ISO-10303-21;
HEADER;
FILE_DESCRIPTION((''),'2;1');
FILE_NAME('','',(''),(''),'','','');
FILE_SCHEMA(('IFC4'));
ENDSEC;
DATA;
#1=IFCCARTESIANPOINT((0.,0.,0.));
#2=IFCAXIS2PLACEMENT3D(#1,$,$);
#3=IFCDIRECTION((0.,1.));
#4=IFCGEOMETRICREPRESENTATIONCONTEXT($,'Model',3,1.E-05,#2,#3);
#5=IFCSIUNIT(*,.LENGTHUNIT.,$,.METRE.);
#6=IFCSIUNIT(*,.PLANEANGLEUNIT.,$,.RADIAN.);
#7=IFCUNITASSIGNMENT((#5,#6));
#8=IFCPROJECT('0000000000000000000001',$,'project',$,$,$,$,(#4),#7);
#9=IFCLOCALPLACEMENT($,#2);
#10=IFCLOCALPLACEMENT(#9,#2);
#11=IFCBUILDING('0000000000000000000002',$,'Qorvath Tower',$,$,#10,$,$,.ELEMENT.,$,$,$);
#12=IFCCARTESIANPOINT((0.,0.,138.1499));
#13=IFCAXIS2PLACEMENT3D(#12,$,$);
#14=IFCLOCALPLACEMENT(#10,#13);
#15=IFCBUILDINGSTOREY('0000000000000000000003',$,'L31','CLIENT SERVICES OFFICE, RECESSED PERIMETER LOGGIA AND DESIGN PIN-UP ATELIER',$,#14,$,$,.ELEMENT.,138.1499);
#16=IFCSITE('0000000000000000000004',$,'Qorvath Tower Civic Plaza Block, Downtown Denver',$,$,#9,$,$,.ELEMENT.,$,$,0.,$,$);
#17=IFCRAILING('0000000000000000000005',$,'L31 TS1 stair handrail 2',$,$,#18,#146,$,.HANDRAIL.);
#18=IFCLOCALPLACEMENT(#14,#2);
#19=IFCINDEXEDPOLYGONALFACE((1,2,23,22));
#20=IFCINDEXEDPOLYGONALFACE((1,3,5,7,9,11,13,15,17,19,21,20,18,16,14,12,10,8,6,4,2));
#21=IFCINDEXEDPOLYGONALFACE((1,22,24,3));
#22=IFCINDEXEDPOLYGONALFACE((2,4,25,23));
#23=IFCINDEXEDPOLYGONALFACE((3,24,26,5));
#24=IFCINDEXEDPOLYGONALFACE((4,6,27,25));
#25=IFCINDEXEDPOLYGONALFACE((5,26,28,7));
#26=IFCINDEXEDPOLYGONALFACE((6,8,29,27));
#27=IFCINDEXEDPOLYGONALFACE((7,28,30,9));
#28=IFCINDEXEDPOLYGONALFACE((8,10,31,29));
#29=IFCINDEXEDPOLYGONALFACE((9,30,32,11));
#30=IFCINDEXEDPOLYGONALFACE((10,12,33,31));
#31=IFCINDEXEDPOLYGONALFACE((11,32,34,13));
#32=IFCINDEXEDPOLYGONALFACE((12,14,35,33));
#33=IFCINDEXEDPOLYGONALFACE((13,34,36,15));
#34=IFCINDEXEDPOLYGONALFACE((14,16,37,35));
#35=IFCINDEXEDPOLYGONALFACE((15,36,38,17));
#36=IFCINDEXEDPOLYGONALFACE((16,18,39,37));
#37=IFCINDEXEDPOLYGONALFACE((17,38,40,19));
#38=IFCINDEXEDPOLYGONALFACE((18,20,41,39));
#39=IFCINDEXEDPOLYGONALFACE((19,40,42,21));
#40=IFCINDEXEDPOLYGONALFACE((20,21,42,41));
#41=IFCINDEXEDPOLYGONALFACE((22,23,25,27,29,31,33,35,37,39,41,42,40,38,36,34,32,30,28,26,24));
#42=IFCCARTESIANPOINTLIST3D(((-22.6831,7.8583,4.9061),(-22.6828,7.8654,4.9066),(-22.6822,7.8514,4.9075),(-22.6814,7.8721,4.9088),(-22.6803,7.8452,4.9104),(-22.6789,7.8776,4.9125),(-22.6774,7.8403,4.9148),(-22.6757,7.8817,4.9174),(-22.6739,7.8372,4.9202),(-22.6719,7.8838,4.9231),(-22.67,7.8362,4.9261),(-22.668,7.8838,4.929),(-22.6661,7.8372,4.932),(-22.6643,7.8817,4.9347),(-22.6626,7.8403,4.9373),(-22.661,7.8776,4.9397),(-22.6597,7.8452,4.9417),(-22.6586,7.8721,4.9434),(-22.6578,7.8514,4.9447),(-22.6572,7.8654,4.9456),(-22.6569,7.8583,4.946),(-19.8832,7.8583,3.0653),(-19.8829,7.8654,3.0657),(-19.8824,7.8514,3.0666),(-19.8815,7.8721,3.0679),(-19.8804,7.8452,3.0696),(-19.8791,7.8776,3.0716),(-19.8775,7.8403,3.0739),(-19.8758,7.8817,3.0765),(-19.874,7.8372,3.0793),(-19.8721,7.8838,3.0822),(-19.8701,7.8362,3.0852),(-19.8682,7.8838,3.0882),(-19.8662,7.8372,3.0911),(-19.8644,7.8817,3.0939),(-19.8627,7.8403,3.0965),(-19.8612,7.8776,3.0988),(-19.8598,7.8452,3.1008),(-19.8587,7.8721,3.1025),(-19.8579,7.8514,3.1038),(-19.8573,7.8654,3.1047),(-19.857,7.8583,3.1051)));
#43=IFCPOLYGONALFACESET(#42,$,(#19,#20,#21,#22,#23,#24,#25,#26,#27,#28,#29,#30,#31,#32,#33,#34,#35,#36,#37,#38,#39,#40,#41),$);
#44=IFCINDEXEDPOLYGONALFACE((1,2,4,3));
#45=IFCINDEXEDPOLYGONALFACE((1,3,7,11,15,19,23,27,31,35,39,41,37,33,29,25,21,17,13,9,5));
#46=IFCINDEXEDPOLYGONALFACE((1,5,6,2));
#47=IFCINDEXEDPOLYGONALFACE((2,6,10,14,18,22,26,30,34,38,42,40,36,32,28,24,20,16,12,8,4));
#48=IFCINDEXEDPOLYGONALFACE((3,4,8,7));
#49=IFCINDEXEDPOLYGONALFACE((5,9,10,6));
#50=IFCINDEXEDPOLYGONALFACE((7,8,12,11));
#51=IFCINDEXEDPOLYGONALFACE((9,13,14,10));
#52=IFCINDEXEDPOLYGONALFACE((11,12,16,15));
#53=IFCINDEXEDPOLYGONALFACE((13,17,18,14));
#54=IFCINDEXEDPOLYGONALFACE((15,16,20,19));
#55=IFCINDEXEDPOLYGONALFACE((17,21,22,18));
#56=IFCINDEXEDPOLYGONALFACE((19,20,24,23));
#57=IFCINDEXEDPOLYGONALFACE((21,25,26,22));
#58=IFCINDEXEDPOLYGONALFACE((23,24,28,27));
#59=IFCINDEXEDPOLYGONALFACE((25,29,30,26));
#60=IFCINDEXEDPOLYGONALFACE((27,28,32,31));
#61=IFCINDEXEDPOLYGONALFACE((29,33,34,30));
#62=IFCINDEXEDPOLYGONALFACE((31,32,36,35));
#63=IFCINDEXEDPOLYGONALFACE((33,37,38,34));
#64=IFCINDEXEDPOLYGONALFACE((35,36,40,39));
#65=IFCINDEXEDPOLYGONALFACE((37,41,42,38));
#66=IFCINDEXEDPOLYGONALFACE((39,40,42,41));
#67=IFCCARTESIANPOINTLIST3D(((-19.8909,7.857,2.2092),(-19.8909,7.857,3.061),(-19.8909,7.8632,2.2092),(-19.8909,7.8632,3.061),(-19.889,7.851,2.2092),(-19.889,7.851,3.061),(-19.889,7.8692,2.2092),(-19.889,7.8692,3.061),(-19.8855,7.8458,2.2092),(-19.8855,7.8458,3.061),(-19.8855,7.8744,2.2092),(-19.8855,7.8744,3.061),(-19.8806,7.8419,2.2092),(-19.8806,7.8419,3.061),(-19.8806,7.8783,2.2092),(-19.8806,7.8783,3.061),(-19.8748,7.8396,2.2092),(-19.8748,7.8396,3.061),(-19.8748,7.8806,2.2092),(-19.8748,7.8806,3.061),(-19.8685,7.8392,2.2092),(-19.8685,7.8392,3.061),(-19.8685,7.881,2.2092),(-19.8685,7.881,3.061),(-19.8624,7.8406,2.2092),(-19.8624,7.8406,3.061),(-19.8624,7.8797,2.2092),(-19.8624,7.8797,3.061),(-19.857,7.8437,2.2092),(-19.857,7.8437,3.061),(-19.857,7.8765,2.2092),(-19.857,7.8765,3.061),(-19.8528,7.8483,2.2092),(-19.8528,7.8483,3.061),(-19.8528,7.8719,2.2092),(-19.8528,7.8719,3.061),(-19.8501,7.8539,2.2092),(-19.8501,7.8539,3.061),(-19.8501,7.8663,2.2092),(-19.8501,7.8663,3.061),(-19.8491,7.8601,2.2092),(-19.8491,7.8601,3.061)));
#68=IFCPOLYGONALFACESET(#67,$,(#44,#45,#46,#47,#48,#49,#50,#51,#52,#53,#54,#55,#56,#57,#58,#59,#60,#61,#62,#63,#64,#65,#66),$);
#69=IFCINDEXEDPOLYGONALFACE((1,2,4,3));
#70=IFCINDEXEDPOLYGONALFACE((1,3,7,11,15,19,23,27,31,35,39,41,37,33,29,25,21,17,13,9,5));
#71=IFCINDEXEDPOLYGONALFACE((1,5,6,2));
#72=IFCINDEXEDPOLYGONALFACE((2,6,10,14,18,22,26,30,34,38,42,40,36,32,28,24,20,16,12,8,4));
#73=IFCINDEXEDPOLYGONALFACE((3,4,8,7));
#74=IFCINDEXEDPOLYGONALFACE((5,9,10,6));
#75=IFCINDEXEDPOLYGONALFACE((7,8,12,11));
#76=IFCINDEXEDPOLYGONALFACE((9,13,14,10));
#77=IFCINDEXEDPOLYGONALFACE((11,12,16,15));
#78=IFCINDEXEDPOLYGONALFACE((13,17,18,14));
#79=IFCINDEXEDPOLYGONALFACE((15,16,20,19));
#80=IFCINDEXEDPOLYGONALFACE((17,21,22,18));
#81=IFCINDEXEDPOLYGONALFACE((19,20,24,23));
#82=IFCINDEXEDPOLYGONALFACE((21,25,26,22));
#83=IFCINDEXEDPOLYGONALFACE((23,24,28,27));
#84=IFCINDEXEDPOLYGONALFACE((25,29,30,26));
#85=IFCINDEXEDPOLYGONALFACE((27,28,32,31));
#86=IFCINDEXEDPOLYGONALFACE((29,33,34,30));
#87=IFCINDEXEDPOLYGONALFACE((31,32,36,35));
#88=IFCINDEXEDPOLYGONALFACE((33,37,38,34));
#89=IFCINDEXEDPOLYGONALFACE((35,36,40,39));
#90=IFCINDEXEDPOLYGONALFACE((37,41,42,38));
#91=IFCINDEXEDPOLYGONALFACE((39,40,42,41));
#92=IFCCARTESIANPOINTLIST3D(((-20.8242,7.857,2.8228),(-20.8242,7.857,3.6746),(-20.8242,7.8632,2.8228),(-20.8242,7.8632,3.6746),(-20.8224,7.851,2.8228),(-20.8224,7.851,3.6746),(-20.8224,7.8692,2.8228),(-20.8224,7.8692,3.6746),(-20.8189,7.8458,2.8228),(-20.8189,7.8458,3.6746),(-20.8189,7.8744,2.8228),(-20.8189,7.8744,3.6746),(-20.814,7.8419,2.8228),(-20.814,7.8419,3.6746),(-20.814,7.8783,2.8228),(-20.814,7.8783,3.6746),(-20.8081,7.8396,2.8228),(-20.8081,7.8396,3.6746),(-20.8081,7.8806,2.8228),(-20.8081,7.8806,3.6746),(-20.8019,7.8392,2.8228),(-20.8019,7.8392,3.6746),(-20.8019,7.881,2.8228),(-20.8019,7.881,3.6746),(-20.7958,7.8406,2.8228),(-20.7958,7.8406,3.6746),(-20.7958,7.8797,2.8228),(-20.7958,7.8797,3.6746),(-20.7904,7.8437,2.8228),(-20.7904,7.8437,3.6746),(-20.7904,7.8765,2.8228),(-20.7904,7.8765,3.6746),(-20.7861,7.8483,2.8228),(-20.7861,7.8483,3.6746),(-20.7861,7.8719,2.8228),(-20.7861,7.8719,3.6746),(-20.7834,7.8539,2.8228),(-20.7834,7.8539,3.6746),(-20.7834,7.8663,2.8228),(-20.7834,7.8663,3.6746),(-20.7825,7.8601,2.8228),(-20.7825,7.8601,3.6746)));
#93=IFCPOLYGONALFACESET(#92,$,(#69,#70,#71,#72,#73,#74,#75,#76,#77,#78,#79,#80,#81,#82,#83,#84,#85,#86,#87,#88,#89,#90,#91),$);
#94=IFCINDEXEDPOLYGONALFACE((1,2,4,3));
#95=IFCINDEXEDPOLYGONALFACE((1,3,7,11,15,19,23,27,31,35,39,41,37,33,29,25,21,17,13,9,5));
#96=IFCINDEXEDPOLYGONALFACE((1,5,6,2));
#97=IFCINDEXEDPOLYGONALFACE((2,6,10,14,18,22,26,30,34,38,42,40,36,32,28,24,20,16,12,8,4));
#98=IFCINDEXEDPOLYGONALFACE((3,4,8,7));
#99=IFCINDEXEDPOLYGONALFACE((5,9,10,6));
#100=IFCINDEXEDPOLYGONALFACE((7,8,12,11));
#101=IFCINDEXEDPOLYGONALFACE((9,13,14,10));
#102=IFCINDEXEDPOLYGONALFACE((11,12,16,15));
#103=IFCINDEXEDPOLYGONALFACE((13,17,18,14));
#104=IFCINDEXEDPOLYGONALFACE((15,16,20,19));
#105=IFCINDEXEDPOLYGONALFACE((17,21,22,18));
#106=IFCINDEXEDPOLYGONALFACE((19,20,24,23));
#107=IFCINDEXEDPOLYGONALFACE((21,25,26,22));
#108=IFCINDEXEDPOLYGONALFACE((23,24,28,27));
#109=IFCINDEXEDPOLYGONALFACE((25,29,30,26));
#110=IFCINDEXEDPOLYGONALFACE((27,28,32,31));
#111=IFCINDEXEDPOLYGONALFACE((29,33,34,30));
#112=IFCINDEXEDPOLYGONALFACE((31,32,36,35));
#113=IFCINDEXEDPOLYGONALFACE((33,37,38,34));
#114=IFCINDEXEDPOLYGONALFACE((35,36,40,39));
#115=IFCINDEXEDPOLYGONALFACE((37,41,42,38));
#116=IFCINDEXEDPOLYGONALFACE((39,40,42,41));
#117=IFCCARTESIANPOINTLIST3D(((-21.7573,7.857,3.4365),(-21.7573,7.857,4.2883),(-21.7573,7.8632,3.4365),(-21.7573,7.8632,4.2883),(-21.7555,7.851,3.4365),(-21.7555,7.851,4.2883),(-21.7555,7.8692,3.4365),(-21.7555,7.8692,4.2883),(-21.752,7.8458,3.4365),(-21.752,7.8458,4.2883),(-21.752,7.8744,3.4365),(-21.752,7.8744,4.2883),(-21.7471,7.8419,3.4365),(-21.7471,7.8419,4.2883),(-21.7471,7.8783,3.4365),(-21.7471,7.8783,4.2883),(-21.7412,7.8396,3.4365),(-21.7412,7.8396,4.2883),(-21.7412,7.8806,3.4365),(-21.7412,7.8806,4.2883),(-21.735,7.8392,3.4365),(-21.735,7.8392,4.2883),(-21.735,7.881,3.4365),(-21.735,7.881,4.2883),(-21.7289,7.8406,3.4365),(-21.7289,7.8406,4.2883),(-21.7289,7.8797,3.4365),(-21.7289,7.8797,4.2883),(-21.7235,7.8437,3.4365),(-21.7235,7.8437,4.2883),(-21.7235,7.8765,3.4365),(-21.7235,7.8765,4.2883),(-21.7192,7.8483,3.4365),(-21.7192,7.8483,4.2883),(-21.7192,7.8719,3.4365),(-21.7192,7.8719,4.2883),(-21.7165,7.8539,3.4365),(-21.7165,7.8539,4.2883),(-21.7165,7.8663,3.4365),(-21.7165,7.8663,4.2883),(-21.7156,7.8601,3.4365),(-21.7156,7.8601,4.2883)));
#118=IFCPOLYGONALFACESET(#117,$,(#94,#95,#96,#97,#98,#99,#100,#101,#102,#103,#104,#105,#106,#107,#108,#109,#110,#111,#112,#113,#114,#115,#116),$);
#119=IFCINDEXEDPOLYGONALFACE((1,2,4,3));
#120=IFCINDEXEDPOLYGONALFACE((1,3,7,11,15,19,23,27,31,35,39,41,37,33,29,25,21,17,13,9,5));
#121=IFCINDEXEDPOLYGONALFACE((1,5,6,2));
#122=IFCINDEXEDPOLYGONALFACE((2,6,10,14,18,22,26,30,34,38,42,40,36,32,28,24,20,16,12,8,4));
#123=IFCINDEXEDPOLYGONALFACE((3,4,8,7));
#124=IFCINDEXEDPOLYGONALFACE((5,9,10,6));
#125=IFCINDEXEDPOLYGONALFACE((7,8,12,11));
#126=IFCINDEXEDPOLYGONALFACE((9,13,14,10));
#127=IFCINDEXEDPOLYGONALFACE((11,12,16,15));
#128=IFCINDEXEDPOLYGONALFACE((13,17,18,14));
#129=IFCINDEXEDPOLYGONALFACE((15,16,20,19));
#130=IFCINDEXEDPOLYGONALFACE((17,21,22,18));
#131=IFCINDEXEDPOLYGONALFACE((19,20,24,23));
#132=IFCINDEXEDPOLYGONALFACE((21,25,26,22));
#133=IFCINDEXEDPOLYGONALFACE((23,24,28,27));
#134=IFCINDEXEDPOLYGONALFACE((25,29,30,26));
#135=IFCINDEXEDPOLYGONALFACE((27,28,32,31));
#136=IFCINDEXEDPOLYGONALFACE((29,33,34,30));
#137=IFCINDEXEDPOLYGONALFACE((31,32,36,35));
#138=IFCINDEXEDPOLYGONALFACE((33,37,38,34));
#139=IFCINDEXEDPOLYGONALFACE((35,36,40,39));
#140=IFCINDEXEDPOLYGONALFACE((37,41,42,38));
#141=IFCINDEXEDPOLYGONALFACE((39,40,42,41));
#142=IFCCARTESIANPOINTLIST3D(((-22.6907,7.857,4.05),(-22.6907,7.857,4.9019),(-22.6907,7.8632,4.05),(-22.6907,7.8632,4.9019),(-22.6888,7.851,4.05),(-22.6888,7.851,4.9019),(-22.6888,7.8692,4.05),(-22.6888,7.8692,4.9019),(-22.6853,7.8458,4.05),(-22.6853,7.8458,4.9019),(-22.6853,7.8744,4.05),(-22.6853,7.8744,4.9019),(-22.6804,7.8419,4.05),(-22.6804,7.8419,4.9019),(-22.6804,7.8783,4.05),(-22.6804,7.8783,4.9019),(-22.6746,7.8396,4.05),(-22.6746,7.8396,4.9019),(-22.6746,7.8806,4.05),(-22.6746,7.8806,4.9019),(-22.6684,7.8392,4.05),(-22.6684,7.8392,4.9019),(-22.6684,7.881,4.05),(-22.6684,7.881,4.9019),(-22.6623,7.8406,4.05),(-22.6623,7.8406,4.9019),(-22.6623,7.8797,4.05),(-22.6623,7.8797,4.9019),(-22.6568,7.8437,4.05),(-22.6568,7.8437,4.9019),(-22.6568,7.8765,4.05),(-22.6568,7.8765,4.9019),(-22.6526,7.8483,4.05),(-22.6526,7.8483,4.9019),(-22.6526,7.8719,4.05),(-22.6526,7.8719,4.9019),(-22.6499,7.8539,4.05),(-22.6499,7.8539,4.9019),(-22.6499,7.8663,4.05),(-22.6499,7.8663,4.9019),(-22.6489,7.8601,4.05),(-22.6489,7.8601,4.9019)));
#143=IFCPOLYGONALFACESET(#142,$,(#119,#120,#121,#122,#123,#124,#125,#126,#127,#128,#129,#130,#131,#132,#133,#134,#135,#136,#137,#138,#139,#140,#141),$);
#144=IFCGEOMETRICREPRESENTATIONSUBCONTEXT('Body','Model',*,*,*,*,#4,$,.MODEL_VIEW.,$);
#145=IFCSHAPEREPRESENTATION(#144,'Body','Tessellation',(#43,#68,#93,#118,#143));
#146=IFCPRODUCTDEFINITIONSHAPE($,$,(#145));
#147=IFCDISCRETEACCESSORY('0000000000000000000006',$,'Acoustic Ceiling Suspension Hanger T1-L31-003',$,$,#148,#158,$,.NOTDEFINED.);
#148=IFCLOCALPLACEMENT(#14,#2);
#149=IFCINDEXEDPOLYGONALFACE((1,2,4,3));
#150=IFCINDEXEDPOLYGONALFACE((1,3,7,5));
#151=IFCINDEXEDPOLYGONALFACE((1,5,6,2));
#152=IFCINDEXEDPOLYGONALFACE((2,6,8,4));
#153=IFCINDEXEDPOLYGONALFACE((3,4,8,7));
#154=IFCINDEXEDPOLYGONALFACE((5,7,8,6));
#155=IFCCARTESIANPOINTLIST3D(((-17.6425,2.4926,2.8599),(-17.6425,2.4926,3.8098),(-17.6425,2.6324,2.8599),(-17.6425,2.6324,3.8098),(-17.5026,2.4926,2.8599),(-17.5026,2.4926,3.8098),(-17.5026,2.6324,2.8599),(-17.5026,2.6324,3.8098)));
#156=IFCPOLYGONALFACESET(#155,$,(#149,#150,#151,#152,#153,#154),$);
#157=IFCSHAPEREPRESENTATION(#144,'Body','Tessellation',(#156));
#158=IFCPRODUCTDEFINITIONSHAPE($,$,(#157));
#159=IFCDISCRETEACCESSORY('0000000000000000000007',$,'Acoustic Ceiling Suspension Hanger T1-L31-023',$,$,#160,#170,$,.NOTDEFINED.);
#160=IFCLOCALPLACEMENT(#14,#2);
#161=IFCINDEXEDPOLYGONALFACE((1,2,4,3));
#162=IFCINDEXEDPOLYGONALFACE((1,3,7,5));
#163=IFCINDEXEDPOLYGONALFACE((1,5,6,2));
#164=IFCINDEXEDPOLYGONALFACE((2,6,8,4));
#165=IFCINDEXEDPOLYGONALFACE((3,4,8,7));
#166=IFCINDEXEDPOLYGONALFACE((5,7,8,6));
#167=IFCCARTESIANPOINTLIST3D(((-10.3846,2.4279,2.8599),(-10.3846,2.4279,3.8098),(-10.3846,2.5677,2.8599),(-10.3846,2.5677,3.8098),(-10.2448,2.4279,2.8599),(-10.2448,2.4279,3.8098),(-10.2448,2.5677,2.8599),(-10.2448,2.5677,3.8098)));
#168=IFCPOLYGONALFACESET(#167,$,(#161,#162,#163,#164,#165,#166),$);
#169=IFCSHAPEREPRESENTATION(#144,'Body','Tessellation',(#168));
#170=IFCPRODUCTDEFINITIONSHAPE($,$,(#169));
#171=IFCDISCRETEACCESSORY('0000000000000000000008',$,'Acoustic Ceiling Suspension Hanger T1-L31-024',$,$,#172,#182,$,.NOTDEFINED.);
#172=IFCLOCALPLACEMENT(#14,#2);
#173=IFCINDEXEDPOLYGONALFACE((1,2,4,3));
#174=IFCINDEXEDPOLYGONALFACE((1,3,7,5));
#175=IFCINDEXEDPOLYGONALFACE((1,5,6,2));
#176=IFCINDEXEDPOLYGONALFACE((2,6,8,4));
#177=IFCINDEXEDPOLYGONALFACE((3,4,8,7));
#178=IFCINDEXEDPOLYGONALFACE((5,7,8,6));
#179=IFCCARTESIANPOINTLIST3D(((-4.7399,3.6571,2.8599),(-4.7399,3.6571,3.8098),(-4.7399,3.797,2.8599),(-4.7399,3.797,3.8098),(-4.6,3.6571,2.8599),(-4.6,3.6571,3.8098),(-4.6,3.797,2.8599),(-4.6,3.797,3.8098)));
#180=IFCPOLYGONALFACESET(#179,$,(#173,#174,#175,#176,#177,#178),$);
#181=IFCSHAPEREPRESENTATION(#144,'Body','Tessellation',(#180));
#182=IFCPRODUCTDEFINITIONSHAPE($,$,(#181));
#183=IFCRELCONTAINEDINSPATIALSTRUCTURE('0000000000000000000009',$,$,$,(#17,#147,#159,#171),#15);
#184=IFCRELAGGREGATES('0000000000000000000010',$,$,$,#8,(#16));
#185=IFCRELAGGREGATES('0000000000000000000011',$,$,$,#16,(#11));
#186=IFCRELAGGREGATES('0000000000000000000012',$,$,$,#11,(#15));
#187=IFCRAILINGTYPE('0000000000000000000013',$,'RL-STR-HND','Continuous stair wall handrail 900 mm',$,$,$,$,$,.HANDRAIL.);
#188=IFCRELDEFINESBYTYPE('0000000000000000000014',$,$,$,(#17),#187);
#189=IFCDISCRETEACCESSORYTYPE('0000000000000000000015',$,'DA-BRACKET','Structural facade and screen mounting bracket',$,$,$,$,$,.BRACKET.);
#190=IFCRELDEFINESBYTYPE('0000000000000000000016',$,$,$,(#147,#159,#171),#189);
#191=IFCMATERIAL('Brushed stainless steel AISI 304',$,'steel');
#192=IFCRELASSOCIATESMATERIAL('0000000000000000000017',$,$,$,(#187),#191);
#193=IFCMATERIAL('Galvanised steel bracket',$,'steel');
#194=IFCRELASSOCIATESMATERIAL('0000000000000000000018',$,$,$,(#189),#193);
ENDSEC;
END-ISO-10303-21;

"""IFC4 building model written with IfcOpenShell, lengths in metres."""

from ifc_helpers import new_model, si_unit, direction, frame, origin, origin_2d, place, context, subcontext, project, spatial, rectangle, circle, extrude, material, type_object, element, save


model = new_model("IFC4")

# Units and contexts
model_context = context("Model", 3, precision=1e-05, world=origin(), true_north=direction((0.0, 1.0)))
body_context = subcontext(model_context, "Body", "Model", "MODEL_VIEW")
ifc_project = project(units=[si_unit("LENGTHUNIT", "METRE"), si_unit("PLANEANGLEUNIT", "RADIAN")], contexts=[model_context])

# Site, building, storey
site_placement = place(None, origin())
site = spatial("IfcSite", under=ifc_project, at=site_placement, Name="Qorvath Tower Civic Plaza Block, Downtown Denver", CompositionType="ELEMENT", RefElevation=0.0)
building_placement = place(site_placement, origin())
building = spatial("IfcBuilding", under=site, at=building_placement, Name="Qorvath Tower", CompositionType="ELEMENT")
storey_placement = place(building_placement, frame((0.0, 0.0, 138.1499)))
storey = spatial("IfcBuildingStorey", under=building, at=storey_placement, Name="L31", Description="CLIENT SERVICES OFFICE, RECESSED PERIMETER LOGGIA AND DESIGN PIN-UP ATELIER", CompositionType="ELEMENT", Elevation=138.1499)

# Railing
ifc_material_1 = material(Name="Brushed stainless steel AISI 304", Category="steel")
railing_type_1 = type_object("IfcRailingType", Name="RL-STR-HND", Description="Continuous stair wall handrail 900 mm", PredefinedType="HANDRAIL", material=ifc_material_1)
railing_1_placement = place(storey_placement, frame((-19.8701, 7.8601, 2.2092)))
element("IfcRailing", 1, at=railing_1_placement, inside=storey, type_object=railing_type_1, Name="L31 TS1 stair handrail 2", PredefinedType="HANDRAIL", context=body_context, shape_type="SweptSolid", body=[
    extrude(circle(Radius=0.0239, at=origin_2d()), frame((0.0, 0.0, 0.876), z_axis=(-0.835576, 0.0, 0.549376), x_axis=(0.0, -1.0, 0.0)), (0.0, 0.0, 1.0), 3.3508),
    extrude(circle(Radius=0.021, at=origin_2d()), origin(), (0.0, 0.0, 1.0), 0.8518),
    extrude(circle(Radius=0.021, at=origin_2d()), frame((-0.9333, 0.0, 0.6135)), (0.0, 0.0, 1.0), 0.8518),
    extrude(circle(Radius=0.021, at=origin_2d()), frame((-1.8665, 0.0, 1.2273)), (0.0, 0.0, 1.0), 0.8518),
    extrude(circle(Radius=0.021, at=origin_2d()), frame((-2.7998, 0.0, 1.8408)), (0.0, 0.0, 1.0), 0.8518),
])

# Discrete accessories
ifc_material_2 = material(Name="Galvanised steel bracket", Category="steel")
discrete_accessory_type = type_object("IfcDiscreteAccessoryType", Name="DA-BRACKET", Description="Structural facade and screen mounting bracket", PredefinedType="BRACKET", material=ifc_material_2)
for number, where, z_axis, x_axis, name in (
    (2, (-17.5725, 2.5625, 2.8599), (0.0, 0.0, 1.0), (1.0, 0.0, 0.0), "Acoustic Ceiling Suspension Hanger T1-L31-003"),
    (3, (-10.3147, 2.4978, 2.8599), (0.0, 0.0, 1.0), (1.0, 0.0, 0.0), "Acoustic Ceiling Suspension Hanger T1-L31-023"),
    (4, (-4.6699, 3.7271, 2.8599), (0.0, 0.0, 1.0), (1.0, 0.0, 0.0), "Acoustic Ceiling Suspension Hanger T1-L31-024"),
):
    element("IfcDiscreteAccessory", number, at=place(storey_placement, frame(where, z_axis=z_axis, x_axis=x_axis)), inside=storey, type_object=discrete_accessory_type, Name=name, PredefinedType="NOTDEFINED", context=body_context, shape_type="SweptSolid", body=[
        extrude(rectangle(XDim=0.1399, YDim=0.1399, at=origin_2d()), origin(), (0.0, 0.0, 1.0), 0.95),
    ])

save(model, "model.ifc")
